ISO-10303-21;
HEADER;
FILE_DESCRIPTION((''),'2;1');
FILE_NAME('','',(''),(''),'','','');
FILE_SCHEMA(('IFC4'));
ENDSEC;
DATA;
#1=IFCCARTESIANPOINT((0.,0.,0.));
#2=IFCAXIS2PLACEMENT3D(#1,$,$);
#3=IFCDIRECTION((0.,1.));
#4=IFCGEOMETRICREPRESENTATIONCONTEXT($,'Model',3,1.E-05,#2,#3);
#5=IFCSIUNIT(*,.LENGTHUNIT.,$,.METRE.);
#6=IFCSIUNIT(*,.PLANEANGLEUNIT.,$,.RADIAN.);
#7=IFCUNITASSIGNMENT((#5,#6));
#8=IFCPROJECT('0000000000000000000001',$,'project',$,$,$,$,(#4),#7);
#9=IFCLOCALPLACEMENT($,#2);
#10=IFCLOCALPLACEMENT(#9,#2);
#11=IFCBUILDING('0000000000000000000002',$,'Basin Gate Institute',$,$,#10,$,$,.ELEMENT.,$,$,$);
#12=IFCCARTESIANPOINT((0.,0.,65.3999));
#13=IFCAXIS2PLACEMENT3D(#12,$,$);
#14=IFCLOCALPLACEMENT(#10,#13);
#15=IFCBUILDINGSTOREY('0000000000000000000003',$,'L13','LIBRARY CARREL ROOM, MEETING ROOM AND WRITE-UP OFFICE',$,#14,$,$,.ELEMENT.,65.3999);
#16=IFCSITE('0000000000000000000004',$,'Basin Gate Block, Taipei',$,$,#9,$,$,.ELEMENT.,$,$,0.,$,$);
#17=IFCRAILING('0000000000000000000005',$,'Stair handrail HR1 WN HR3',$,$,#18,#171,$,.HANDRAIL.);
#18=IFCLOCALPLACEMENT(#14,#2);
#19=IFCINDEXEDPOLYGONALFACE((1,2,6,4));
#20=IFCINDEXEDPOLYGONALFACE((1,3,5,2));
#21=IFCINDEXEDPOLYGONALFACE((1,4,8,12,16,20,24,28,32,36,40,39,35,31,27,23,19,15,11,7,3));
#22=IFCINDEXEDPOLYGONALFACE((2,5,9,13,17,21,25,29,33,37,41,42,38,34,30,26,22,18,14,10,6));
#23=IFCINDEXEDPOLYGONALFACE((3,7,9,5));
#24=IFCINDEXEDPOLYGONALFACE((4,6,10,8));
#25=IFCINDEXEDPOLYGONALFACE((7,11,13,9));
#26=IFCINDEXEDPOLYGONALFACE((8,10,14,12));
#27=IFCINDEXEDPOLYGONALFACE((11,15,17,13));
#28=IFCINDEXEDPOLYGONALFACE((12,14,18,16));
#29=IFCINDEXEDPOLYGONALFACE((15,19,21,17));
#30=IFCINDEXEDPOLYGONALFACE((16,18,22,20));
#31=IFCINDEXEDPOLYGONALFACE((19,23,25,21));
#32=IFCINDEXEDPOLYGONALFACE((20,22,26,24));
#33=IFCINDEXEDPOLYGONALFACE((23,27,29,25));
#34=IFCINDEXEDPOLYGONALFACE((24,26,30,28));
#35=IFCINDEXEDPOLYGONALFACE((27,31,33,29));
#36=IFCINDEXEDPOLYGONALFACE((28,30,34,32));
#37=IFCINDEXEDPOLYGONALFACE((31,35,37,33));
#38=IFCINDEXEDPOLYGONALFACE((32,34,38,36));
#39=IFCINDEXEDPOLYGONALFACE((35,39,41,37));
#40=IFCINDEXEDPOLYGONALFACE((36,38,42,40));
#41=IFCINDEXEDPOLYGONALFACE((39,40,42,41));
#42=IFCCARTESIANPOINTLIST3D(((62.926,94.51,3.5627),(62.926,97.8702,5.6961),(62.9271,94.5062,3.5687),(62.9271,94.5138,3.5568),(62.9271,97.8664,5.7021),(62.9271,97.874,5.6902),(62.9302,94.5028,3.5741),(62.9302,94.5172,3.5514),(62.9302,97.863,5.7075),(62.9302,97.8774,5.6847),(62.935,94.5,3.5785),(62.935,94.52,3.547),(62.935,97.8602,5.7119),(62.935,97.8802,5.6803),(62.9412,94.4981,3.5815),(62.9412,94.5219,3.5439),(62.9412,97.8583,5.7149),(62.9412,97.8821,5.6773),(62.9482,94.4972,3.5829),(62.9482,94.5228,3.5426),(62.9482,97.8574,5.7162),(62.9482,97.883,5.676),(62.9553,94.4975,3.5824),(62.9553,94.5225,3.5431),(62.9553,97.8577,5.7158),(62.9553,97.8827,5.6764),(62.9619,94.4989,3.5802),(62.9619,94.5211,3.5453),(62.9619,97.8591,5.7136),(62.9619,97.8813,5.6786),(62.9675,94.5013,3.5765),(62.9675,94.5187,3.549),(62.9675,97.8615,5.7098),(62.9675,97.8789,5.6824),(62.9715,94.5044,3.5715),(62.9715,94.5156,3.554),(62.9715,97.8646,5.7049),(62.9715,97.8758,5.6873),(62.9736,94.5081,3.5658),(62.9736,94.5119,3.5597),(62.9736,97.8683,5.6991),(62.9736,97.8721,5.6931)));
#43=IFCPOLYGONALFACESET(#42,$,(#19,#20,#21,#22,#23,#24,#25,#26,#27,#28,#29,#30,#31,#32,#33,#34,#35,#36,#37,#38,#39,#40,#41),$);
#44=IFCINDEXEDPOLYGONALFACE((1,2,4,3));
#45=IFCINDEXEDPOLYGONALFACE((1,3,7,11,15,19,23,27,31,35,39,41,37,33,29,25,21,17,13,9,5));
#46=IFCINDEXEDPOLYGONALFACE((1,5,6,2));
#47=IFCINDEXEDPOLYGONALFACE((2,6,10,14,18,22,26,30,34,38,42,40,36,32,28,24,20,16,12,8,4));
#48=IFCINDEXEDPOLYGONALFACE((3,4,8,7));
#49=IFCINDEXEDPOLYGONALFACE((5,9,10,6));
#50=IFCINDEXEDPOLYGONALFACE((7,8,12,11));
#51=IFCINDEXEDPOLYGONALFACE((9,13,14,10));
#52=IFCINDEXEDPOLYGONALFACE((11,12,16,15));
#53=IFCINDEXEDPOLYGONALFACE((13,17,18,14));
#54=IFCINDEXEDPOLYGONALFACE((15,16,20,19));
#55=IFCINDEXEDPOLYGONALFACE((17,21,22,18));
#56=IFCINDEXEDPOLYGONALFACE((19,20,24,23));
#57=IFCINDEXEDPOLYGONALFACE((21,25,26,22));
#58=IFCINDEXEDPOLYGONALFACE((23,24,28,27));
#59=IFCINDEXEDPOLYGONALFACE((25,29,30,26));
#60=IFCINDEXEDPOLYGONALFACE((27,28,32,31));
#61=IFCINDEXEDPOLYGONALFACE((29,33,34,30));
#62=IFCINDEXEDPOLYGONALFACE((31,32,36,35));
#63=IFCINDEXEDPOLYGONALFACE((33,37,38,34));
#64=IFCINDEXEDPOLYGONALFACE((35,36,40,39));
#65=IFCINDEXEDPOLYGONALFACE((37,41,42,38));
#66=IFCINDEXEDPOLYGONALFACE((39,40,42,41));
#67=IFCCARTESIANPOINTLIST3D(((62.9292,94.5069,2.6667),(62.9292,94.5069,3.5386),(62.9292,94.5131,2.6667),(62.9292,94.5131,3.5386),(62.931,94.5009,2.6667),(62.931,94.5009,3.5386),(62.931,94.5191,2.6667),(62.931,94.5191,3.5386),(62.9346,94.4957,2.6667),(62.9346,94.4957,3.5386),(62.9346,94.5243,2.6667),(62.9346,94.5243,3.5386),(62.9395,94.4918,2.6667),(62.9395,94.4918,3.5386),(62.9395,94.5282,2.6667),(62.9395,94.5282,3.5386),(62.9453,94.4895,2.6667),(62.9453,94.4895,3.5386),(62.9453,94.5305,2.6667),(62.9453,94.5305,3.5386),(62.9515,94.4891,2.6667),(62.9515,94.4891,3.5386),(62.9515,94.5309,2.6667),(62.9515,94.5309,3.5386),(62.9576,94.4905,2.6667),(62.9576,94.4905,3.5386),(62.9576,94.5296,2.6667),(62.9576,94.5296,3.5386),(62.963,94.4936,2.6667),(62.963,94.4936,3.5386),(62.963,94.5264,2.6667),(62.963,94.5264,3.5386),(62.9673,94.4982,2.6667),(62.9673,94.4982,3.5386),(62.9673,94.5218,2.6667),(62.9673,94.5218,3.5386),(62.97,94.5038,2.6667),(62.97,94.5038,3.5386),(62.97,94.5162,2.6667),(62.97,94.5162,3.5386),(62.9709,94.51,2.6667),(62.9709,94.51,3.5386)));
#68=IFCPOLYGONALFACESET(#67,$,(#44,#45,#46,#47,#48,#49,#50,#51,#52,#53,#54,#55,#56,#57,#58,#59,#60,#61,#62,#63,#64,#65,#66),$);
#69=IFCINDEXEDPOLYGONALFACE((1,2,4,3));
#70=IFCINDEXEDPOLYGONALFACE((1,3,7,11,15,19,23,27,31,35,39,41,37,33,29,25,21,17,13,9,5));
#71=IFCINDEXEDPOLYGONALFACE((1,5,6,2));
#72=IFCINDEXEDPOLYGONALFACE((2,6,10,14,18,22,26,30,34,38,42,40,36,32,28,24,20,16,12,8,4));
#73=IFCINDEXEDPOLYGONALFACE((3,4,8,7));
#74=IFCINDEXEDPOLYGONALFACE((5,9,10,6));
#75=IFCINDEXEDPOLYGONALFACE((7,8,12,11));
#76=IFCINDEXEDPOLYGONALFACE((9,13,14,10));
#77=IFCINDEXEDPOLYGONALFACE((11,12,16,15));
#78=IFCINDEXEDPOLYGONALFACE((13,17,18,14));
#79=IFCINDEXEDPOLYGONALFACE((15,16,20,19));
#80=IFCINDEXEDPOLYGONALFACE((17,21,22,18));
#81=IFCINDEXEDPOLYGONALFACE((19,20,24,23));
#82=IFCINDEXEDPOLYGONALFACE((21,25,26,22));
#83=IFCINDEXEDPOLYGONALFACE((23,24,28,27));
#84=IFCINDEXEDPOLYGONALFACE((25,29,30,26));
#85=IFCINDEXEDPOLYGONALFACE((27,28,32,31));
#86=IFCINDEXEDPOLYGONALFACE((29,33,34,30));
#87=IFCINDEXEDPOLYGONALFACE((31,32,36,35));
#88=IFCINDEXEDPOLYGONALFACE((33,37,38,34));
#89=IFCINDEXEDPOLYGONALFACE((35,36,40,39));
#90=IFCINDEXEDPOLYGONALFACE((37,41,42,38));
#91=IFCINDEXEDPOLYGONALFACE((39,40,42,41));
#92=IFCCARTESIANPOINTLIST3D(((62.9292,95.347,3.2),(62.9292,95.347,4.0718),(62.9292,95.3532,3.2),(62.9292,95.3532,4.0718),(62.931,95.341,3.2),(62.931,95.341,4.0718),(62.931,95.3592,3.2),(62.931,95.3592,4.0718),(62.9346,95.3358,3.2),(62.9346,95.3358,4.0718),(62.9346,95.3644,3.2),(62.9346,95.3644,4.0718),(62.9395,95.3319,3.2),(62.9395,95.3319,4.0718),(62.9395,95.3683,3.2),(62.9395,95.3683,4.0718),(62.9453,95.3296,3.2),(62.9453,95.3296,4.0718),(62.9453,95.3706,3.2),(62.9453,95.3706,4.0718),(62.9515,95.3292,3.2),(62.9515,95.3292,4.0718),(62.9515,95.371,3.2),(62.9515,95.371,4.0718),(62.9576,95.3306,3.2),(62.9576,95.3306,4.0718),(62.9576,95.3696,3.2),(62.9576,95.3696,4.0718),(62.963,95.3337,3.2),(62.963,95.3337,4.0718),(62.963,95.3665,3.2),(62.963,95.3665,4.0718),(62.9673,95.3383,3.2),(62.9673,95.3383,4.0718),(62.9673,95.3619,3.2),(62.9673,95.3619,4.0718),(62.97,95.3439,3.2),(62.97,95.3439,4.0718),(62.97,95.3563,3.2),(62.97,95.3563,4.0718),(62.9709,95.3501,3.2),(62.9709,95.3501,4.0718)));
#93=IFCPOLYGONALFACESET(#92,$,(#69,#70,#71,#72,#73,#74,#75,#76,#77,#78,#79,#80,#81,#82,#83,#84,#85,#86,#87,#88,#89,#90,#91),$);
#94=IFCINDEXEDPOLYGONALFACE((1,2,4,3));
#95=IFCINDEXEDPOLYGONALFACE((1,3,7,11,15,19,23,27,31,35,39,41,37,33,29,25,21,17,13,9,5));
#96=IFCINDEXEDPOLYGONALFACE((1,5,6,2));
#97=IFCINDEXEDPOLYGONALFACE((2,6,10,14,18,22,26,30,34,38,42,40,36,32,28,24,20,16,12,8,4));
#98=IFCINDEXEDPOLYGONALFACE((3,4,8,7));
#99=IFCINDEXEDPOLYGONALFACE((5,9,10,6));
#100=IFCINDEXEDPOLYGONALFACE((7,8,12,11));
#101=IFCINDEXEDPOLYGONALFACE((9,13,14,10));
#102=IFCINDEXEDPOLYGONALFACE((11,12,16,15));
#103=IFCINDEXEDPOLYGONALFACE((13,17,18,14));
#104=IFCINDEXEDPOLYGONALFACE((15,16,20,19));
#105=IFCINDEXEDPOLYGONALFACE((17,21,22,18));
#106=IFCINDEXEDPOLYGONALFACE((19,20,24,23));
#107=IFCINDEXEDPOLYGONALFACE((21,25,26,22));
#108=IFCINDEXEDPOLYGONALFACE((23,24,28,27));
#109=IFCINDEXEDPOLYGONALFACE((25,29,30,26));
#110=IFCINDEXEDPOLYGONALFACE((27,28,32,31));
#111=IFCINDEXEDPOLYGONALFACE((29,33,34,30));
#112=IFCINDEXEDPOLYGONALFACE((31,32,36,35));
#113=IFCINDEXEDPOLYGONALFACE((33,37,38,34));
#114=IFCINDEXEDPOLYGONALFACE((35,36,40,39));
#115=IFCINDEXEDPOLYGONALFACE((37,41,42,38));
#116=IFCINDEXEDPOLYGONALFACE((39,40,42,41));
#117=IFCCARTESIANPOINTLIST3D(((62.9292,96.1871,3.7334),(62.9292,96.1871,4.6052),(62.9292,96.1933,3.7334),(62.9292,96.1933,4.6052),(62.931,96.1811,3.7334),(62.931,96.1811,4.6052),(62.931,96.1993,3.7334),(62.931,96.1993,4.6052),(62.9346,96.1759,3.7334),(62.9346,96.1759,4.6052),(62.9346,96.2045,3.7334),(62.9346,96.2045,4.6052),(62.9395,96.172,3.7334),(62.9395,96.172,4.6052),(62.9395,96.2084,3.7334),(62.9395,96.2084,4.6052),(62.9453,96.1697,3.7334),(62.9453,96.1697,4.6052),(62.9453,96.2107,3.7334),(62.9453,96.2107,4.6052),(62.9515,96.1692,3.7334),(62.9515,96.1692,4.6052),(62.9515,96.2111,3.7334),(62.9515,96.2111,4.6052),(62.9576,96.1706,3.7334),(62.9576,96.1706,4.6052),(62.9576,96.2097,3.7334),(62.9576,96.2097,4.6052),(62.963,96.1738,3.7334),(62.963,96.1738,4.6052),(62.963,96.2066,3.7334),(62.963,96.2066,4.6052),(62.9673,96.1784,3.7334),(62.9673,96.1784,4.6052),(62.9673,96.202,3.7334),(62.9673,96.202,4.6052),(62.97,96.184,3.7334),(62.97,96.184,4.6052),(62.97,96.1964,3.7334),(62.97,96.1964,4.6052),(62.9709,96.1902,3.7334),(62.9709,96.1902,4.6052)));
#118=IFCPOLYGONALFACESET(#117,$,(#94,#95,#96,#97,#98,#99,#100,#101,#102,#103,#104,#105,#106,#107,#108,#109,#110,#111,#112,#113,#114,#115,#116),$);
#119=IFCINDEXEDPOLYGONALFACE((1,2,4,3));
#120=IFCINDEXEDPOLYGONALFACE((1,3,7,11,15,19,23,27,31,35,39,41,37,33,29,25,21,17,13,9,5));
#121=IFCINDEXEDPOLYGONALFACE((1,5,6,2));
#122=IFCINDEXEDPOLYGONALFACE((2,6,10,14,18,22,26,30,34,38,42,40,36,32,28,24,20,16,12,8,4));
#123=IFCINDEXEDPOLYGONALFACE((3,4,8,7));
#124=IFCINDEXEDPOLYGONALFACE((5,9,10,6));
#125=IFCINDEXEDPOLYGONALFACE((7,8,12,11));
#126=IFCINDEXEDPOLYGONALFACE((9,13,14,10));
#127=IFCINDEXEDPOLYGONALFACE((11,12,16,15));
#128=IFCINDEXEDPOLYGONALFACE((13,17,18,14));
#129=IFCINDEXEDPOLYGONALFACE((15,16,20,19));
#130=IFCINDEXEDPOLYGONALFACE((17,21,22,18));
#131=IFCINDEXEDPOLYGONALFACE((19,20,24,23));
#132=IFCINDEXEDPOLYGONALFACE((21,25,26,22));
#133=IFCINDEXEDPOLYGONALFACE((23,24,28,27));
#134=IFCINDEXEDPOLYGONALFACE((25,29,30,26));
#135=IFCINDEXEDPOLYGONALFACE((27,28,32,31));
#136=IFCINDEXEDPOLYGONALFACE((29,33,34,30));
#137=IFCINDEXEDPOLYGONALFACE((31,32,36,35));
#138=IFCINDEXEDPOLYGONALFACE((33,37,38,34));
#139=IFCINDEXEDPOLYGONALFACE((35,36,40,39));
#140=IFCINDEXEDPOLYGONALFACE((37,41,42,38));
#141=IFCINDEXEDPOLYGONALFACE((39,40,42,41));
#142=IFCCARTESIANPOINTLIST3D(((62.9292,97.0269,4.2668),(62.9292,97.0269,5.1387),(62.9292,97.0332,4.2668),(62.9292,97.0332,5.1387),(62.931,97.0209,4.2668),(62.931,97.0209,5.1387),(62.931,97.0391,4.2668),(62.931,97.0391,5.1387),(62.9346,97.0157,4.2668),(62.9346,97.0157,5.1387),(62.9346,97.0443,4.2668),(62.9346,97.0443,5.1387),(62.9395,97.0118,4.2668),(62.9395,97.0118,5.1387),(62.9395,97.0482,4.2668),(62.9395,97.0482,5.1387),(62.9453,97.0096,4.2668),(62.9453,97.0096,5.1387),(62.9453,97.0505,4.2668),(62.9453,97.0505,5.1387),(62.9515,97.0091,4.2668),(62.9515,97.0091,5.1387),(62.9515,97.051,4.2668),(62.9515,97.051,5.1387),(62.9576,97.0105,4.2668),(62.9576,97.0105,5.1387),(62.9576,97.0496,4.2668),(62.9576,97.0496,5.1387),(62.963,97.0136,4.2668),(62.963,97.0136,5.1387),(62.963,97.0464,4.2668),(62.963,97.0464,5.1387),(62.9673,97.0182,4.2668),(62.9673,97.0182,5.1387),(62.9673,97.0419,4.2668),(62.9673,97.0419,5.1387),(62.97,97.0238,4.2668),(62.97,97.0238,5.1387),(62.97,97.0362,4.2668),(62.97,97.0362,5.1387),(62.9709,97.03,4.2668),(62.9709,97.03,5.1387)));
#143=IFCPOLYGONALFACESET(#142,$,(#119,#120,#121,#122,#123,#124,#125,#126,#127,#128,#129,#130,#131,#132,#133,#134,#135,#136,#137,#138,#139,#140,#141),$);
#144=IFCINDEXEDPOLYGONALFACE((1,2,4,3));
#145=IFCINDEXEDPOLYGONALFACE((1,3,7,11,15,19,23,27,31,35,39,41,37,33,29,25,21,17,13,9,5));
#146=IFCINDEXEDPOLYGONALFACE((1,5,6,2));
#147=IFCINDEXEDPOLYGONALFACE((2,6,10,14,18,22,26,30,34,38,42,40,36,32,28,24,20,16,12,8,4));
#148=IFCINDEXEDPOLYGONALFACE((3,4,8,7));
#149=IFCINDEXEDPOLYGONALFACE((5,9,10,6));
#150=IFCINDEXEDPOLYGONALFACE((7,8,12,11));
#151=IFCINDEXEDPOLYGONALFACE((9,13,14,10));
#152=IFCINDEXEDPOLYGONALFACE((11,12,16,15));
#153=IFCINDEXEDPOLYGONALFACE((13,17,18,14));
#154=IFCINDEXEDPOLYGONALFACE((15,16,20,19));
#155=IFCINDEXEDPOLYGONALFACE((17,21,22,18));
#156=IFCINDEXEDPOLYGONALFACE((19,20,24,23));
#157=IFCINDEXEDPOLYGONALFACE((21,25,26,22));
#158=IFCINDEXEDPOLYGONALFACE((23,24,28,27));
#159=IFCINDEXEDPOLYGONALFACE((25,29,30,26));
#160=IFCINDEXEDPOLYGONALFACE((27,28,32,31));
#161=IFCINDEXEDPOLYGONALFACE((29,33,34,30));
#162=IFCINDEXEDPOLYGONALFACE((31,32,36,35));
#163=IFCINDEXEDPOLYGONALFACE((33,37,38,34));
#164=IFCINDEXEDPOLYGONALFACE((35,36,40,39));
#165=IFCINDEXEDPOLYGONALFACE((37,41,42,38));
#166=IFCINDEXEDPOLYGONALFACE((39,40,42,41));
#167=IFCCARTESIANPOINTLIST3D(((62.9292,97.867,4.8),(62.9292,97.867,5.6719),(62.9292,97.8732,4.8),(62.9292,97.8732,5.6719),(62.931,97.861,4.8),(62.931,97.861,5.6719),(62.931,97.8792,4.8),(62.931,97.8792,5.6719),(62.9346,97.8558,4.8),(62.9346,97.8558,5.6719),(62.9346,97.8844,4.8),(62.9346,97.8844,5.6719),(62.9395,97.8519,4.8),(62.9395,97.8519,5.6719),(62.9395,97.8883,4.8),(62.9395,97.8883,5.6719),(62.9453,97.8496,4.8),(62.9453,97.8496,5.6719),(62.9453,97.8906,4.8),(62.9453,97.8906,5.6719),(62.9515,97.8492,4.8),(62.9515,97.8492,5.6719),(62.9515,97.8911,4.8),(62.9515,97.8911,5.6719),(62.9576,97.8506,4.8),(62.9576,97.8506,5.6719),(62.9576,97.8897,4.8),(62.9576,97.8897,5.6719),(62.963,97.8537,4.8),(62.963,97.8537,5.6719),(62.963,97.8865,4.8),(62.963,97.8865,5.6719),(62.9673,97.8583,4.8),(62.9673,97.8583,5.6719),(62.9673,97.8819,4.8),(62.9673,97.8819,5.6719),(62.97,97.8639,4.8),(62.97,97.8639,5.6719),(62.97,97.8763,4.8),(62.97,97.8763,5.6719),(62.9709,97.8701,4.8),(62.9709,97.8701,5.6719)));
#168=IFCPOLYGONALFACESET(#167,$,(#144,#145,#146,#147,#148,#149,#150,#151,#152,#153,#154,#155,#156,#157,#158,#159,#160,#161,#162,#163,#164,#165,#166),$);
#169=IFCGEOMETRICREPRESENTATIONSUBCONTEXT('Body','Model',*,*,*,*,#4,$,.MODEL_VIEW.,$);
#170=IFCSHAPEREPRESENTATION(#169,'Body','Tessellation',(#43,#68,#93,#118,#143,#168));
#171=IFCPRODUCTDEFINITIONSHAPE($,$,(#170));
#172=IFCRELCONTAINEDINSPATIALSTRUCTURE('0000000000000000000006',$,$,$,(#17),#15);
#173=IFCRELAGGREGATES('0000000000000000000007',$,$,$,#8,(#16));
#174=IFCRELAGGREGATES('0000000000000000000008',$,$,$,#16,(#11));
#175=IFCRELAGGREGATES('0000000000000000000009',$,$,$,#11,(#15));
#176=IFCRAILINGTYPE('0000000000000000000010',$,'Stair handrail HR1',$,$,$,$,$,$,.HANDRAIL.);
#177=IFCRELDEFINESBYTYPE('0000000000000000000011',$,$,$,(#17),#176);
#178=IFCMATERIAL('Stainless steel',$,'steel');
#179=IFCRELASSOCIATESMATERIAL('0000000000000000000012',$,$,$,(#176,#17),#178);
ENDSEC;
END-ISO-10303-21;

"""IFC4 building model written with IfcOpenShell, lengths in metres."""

from ifc_helpers import new_model, si_unit, direction, frame, origin, origin_2d, place, context, subcontext, project, spatial, circle, extrude, material, type_object, element, save


model = new_model("IFC4")

# Units and contexts
model_context = context("Model", 3, precision=1e-05, world=origin(), true_north=direction((0.0, 1.0)))
body_context = subcontext(model_context, "Body", "Model", "MODEL_VIEW")
ifc_project = project(units=[si_unit("LENGTHUNIT", "METRE"), si_unit("PLANEANGLEUNIT", "RADIAN")], contexts=[model_context])

# Site, building, storey
site_placement = place(None, origin())
site = spatial("IfcSite", under=ifc_project, at=site_placement, Name="Basin Gate Block, Taipei", CompositionType="ELEMENT", RefElevation=0.0)
building_placement = place(site_placement, origin())
building = spatial("IfcBuilding", under=site, at=building_placement, Name="Basin Gate Institute", CompositionType="ELEMENT")
storey_placement = place(building_placement, frame((0.0, 0.0, 65.3999)))
storey = spatial("IfcBuildingStorey", under=building, at=storey_placement, Name="L13", Description="LIBRARY CARREL ROOM, MEETING ROOM AND WRITE-UP OFFICE", CompositionType="ELEMENT", Elevation=65.3999)

# Railing
ifc_material_1 = material(Name="Stainless steel", Category="steel")
railing_type_1 = type_object("IfcRailingType", Name="Stair handrail HR1", PredefinedType="HANDRAIL", material=ifc_material_1)
railing_1_placement = place(storey_placement, frame((62.95, 94.51, 2.6667)))
element("IfcRailing", 1, at=railing_1_placement, inside=storey, type_object=railing_type_1, material=ifc_material_1, Name="Stair handrail HR1 WN HR3", PredefinedType="HANDRAIL", context=body_context, shape_type="SweptSolid", body=[
    extrude(circle(Radius=0.0239, at=origin_2d()), frame((0.0, 0.0, 0.896), z_axis=(0.0, 0.844224, 0.53599), x_axis=(-1.0, 0.0, 0.0)), (0.0, 0.0, 1.0), 3.9802),
    extrude(circle(Radius=0.021, at=origin_2d()), origin(), (0.0, 0.0, 1.0), 0.8718),
    extrude(circle(Radius=0.021, at=origin_2d()), frame((0.0, 0.8401, 0.5332)), (0.0, 0.0, 1.0), 0.8718),
    extrude(circle(Radius=0.021, at=origin_2d()), frame((0.0, 1.6802, 1.0667)), (0.0, 0.0, 1.0), 0.8718),
    extrude(circle(Radius=0.021, at=origin_2d()), frame((0.0, 2.52, 1.6001)), (0.0, 0.0, 1.0), 0.8718),
    extrude(circle(Radius=0.021, at=origin_2d()), frame((0.0, 3.3601, 2.1333)), (0.0, 0.0, 1.0), 0.8718),
])

save(model, "model.ifc")
